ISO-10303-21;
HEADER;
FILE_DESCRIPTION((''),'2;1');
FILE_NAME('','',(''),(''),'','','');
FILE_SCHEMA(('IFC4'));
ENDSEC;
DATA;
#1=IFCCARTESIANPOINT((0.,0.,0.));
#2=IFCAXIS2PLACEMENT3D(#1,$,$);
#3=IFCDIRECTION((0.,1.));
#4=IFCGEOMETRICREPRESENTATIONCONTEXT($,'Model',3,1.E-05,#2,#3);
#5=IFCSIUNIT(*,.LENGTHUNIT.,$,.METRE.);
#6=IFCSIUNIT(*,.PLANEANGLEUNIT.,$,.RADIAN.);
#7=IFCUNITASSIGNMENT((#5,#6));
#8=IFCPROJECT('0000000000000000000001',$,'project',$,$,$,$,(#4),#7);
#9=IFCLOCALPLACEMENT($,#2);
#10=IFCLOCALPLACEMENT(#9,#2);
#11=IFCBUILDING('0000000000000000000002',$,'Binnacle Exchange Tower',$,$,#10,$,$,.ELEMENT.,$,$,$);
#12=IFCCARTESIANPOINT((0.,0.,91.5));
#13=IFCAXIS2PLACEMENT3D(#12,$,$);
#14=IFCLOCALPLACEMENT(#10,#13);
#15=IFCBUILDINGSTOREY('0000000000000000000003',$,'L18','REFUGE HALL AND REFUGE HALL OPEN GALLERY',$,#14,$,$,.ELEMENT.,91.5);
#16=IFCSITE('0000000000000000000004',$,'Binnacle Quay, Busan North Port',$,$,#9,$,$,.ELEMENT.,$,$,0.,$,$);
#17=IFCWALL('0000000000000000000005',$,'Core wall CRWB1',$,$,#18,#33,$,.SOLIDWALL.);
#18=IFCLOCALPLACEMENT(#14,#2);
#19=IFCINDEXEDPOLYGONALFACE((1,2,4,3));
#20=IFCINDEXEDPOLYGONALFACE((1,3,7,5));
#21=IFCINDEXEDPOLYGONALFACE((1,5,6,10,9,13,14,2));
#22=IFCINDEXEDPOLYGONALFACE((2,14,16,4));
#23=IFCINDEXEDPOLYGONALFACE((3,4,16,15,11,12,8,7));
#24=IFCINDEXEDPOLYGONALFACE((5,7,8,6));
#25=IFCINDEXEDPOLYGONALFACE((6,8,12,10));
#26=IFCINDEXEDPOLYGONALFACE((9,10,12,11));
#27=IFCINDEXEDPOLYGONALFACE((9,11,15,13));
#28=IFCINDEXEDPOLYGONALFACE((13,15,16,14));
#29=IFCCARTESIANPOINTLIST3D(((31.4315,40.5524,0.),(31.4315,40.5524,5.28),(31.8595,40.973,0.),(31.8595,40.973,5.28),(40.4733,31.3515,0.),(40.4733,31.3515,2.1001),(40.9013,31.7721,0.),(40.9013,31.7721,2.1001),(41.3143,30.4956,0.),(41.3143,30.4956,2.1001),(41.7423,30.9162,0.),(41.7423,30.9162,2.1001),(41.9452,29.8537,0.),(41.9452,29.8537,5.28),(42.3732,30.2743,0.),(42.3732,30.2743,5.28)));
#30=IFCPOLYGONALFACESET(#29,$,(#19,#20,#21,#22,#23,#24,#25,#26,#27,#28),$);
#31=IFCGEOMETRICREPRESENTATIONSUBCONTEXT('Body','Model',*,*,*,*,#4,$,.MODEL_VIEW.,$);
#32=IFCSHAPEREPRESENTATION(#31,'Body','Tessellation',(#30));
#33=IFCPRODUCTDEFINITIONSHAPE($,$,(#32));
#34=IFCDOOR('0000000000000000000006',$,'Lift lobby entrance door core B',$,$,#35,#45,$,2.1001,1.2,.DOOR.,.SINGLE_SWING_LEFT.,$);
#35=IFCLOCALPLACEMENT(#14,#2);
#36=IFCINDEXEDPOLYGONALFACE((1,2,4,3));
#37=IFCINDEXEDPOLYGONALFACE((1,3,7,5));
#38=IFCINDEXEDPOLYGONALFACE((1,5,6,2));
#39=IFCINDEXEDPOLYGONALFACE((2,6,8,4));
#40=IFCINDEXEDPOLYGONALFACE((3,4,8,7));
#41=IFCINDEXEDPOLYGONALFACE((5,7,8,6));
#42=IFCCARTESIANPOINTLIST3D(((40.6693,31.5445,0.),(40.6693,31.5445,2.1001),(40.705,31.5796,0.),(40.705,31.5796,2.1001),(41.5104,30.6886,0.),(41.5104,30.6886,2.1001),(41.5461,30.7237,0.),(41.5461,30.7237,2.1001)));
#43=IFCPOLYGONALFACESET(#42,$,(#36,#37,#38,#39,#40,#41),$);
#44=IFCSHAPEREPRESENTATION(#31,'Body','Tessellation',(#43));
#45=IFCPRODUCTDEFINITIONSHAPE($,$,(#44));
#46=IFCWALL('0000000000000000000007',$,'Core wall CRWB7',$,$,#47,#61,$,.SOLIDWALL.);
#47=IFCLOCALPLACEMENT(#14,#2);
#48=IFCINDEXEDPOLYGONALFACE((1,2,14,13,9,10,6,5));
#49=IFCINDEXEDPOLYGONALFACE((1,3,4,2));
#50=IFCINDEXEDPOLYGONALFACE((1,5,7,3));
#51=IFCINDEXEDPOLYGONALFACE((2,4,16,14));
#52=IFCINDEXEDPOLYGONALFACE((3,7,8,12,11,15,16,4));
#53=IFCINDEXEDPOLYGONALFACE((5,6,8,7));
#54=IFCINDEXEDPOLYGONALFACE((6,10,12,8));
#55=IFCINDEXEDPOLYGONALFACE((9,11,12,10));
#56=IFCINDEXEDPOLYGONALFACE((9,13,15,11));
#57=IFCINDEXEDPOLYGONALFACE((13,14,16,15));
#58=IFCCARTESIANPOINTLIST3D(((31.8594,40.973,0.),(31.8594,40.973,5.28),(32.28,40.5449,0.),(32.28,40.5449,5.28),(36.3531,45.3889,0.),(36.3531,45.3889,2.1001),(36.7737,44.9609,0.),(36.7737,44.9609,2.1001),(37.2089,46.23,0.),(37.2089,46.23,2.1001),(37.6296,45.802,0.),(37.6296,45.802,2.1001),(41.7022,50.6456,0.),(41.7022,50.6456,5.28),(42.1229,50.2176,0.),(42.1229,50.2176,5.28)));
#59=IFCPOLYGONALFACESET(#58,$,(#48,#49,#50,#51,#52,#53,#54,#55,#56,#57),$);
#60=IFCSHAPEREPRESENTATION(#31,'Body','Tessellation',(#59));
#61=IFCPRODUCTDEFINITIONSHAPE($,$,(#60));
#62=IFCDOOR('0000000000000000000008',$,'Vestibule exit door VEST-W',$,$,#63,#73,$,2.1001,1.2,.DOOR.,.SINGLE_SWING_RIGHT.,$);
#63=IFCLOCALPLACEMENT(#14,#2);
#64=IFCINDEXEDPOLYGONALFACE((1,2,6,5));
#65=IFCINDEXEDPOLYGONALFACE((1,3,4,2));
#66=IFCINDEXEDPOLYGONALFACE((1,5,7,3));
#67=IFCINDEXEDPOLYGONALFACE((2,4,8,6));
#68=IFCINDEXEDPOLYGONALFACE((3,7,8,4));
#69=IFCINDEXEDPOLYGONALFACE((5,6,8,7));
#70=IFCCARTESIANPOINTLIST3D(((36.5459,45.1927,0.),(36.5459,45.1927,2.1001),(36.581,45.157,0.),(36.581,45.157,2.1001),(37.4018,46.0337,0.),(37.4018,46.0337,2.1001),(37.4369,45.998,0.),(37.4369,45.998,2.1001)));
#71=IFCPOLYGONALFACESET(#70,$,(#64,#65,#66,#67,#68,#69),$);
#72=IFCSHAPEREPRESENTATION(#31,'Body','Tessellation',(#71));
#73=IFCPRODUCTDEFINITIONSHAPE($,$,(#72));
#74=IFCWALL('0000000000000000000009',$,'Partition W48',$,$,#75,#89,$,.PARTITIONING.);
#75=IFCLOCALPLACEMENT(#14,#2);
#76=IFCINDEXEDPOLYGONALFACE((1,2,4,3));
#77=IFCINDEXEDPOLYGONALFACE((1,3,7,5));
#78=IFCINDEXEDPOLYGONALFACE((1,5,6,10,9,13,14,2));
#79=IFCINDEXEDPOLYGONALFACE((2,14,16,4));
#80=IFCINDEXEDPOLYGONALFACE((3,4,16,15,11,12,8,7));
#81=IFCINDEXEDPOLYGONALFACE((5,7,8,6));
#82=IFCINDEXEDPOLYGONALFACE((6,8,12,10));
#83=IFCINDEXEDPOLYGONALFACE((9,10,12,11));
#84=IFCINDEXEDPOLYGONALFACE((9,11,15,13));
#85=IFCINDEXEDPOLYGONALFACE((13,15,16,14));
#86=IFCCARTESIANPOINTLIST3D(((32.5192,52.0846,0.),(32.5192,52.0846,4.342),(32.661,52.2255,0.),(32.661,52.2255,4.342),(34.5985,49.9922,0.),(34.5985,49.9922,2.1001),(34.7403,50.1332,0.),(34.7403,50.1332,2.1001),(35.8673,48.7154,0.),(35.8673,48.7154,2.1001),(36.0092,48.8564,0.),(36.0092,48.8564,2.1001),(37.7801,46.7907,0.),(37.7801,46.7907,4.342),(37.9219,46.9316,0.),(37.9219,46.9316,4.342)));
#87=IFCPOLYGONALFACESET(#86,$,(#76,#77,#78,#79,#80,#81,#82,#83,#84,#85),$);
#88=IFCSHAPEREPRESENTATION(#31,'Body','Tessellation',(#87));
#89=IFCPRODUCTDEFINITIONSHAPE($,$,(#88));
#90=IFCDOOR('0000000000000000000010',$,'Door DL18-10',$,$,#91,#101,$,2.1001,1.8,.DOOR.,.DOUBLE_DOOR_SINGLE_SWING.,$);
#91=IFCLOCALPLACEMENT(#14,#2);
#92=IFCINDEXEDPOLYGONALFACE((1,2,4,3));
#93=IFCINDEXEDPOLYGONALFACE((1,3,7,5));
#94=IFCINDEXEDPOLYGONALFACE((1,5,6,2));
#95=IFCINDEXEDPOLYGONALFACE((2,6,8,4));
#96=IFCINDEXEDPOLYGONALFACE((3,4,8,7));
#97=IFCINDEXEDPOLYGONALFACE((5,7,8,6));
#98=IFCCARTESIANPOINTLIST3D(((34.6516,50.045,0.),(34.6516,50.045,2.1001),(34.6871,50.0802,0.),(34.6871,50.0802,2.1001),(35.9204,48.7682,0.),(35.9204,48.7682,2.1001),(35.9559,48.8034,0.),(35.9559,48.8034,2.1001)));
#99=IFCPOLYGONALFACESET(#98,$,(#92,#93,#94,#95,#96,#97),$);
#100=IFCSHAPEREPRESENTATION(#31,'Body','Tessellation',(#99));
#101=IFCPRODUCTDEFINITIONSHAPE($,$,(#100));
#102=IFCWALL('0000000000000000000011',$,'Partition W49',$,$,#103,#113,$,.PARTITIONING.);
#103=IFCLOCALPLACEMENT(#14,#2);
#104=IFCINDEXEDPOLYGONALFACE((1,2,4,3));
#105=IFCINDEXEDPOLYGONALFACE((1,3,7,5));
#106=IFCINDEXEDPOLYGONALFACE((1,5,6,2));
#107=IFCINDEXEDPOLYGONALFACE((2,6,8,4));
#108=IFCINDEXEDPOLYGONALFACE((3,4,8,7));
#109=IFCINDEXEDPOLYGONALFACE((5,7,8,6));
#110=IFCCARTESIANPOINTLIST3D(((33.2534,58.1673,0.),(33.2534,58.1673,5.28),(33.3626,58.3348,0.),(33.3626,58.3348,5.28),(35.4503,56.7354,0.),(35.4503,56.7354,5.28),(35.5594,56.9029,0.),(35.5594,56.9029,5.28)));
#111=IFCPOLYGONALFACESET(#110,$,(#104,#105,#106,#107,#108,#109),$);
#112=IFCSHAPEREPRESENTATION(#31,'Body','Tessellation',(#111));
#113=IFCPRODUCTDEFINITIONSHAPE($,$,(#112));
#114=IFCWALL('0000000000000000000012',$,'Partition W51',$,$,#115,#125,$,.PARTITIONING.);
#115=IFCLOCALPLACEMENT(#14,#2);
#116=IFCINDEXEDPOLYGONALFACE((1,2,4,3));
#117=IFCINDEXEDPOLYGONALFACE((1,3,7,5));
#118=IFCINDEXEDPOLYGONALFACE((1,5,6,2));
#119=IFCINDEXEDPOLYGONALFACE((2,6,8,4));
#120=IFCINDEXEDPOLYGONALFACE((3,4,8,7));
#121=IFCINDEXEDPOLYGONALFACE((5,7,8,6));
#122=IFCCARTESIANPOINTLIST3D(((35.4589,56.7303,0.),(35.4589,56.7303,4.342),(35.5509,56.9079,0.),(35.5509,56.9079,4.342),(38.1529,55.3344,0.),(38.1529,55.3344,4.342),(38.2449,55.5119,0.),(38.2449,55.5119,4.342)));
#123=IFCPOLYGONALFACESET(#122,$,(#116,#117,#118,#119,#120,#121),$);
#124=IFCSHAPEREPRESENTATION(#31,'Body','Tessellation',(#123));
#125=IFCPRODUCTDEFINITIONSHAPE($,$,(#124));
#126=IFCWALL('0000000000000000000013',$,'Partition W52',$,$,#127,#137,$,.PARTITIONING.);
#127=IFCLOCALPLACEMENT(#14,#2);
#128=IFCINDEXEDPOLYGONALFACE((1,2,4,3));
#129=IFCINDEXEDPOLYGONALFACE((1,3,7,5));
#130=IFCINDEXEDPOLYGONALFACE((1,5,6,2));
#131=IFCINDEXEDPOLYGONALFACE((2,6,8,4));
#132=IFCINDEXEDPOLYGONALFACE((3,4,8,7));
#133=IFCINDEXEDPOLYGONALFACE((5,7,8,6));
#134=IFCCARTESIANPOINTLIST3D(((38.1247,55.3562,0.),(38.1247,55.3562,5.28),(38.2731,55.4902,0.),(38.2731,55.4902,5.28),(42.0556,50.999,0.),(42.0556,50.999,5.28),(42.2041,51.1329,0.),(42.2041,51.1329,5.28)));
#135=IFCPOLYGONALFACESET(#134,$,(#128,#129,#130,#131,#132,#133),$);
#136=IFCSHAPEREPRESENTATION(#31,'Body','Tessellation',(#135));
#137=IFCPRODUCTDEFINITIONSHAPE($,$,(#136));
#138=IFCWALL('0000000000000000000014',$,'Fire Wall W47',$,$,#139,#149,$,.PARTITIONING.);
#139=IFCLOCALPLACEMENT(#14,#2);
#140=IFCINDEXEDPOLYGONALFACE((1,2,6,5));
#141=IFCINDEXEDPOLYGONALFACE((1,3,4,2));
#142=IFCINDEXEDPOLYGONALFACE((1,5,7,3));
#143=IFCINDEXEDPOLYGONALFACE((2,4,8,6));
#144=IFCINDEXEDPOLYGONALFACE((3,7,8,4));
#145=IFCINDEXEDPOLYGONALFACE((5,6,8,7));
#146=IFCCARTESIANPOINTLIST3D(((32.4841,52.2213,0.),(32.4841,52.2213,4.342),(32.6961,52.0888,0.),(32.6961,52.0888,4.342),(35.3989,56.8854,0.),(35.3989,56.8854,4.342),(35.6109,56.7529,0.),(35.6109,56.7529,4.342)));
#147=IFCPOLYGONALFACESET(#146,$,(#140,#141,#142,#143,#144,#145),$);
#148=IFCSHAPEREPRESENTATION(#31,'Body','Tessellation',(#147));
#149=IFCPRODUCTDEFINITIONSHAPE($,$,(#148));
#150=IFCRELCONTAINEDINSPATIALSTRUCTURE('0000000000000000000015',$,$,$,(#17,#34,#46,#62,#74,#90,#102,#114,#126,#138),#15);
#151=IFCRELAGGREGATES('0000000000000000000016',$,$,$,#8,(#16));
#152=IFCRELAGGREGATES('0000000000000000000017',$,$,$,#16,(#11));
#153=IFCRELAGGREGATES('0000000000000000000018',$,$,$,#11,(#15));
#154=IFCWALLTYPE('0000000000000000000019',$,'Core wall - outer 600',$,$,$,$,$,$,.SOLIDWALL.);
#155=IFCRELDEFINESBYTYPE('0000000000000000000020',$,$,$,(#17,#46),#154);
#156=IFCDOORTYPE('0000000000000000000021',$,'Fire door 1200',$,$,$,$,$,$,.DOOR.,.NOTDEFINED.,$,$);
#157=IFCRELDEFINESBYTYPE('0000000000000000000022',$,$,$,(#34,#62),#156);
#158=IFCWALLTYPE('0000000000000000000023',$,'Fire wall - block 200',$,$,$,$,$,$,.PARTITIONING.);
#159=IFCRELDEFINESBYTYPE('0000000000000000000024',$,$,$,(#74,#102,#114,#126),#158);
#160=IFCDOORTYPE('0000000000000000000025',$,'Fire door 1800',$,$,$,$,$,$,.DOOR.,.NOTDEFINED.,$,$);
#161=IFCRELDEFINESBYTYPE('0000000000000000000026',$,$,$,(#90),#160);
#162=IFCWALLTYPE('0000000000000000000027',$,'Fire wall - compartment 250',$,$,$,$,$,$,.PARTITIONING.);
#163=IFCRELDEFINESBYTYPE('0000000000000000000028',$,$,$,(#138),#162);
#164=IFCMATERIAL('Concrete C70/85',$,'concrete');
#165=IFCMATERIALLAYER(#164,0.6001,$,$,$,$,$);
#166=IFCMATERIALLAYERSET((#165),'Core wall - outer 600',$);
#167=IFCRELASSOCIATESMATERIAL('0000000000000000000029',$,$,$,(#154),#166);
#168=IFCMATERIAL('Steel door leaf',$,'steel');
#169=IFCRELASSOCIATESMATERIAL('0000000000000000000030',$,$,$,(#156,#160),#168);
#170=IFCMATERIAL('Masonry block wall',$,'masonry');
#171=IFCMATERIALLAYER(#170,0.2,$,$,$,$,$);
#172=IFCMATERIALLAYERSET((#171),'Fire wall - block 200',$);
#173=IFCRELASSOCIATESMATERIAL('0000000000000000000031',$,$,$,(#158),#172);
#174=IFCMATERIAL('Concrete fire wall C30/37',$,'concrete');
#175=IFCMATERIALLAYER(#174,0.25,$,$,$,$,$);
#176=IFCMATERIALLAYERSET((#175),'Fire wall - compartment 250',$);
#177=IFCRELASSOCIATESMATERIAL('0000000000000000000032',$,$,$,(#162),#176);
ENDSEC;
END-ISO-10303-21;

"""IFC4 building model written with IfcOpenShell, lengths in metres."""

from ifc_helpers import new_model, si_unit, direction, frame, frame_2d, origin, place, context, subcontext, project, spatial, rectangle, extrude, material, layer, layer_set, type_object, element, fill, save


model = new_model("IFC4")

# Units and contexts
model_context = context("Model", 3, precision=1e-05, world=origin(), true_north=direction((0.0, 1.0)))
body_context = subcontext(model_context, "Body", "Model", "MODEL_VIEW")
ifc_project = project(units=[si_unit("LENGTHUNIT", "METRE"), si_unit("PLANEANGLEUNIT", "RADIAN")], contexts=[model_context])

# Site, building, storey
site_placement = place(None, origin())
site = spatial("IfcSite", under=ifc_project, at=site_placement, Name="Binnacle Quay, Busan North Port", CompositionType="ELEMENT", RefElevation=0.0)
building_placement = place(site_placement, origin())
building = spatial("IfcBuilding", under=site, at=building_placement, Name="Binnacle Exchange Tower", CompositionType="ELEMENT")
storey_placement = place(building_placement, frame((0.0, 0.0, 91.5)))
storey = spatial("IfcBuildingStorey", under=building, at=storey_placement, Name="L18", Description="REFUGE HALL AND REFUGE HALL OPEN GALLERY", CompositionType="ELEMENT", Elevation=91.5)

# Shared definitions
ifc_material_1 = material(Name="Concrete C70/85", Category="concrete")

# Shared definitions
ifc_material_2 = material(Name="Steel door leaf", Category="steel")

# Walls, openings, doors
ifc_layer_1 = layer(ifc_material_1, 0.6001)
ifc_layer_set_1 = layer_set([ifc_layer_1], Name="Core wall - outer 600")
wall_type_1 = type_object("IfcWallType", Name="Core wall - outer 600", PredefinedType="SOLIDWALL", material=ifc_layer_set_1)
wall_1_placement = place(storey_placement, frame((31.6455, 40.7627, 0.0), z_axis=(0.0, 0.0, 1.0), x_axis=(0.700911, -0.713248, 0.0)))
wall_1 = element("IfcWall", 1, at=wall_1_placement, inside=storey, type_object=wall_type_1, Name="Core wall CRWB1", PredefinedType="SOLIDWALL", context=body_context, shape_type="SweptSolid", body=[
    extrude(rectangle(XDim=15.0, YDim=0.6001, at=frame_2d((7.5, 0.0))), origin(), (0.0, 0.0, 1.0), 5.28),
])
opening_1_placement = place(wall_1_placement, frame((12.8999, 0.0, 0.0)))
opening_1 = element("IfcOpeningElement", 2, at=opening_1_placement, cuts=wall_1, PredefinedType="OPENING", context=body_context, shape_type="SweptSolid", body=[
    extrude(rectangle(XDim=1.2, YDim=2.1001, at=frame_2d((0.6001, 1.05))), frame((0.0, 0.3101, 0.0), z_axis=(0.0, -1.0, 0.0), x_axis=(1.0, 0.0, 0.0)), (0.0, 0.0, 1.0), 0.6201),
])
door_type_1 = type_object("IfcDoorType", Name="Fire door 1200", OperationType="NOTDEFINED", PredefinedType="DOOR", material=ifc_material_2)
door_1_placement = place(opening_1_placement, frame((1.2, 0.0, 0.0), z_axis=(0.0, 0.0, 1.0), x_axis=(-1.0, 0.0, 0.0)))
door_1 = element("IfcDoor", 3, at=door_1_placement, inside=storey, type_object=door_type_1, Name="Lift lobby entrance door core B", OperationType="SINGLE_SWING_LEFT", OverallHeight=2.1001, OverallWidth=1.2, PredefinedType="DOOR", context=body_context, shape_type="SweptSolid", body=[
    extrude(rectangle(XDim=1.2, YDim=2.1001, at=frame_2d((0.6001, 1.05))), frame((0.0, 0.0249, 0.0), z_axis=(0.0, -1.0, 0.0), x_axis=(1.0, 0.0, 0.0)), (0.0, 0.0, 1.0), 0.05),
])
fill(opening_1, door_1)
wall_2_placement = place(storey_placement, frame((32.0698, 40.759, 0.0), z_axis=(0.0, 0.0, 1.0), x_axis=(0.713245, 0.700914, 0.0)))
wall_2 = element("IfcWall", 4, at=wall_2_placement, inside=storey, type_object=wall_type_1, Name="Core wall CRWB7", PredefinedType="SOLIDWALL", context=body_context, shape_type="SweptSolid", body=[
    extrude(rectangle(XDim=13.8, YDim=0.6001, at=frame_2d((6.8999, 0.0))), origin(), (0.0, 0.0, 1.0), 5.28),
])
opening_2_placement = place(wall_2_placement, frame((6.3, 0.0, 0.0)))
opening_2 = element("IfcOpeningElement", 5, at=opening_2_placement, cuts=wall_2, PredefinedType="OPENING", context=body_context, shape_type="SweptSolid", body=[
    extrude(rectangle(XDim=1.2, YDim=2.1001, at=frame_2d((0.6001, 1.05))), frame((0.0, 0.3101, 0.0), z_axis=(0.0, -1.0, 0.0), x_axis=(1.0, 0.0, 0.0)), (0.0, 0.0, 1.0), 0.6201),
])
door_2_placement = place(opening_2_placement, origin())
door_2 = element("IfcDoor", 6, at=door_2_placement, inside=storey, type_object=door_type_1, Name="Vestibule exit door VEST-W", OperationType="SINGLE_SWING_RIGHT", OverallHeight=2.1001, OverallWidth=1.2, PredefinedType="DOOR", context=body_context, shape_type="SweptSolid", body=[
    extrude(rectangle(XDim=1.2, YDim=2.1001, at=frame_2d((0.6001, 1.05))), frame((0.0, 0.0249, 0.0), z_axis=(0.0, -1.0, 0.0), x_axis=(1.0, 0.0, 0.0)), (0.0, 0.0, 1.0), 0.05),
])
fill(opening_2, door_2)
ifc_material_3 = material(Name="Masonry block wall", Category="masonry")
ifc_layer_2 = layer(ifc_material_3, 0.2)
ifc_layer_set_2 = layer_set([ifc_layer_2], Name="Fire wall - block 200")
wall_type_2 = type_object("IfcWallType", Name="Fire wall - block 200", PredefinedType="PARTITIONING", material=ifc_layer_set_2)
wall_3_placement = place(storey_placement, frame((32.5901, 52.155, 0.0), z_axis=(0.0, 0.0, 1.0), x_axis=(0.704895, -0.709311, 0.0)))
wall_3 = element("IfcWall", 7, at=wall_3_placement, inside=storey, type_object=wall_type_2, Name="Partition W48", PredefinedType="PARTITIONING", context=body_context, shape_type="SweptSolid", body=[
    extrude(rectangle(XDim=7.4634, YDim=0.2, at=frame_2d((3.7317, 0.0))), origin(), (0.0, 0.0, 1.0), 4.342),
])
opening_3_placement = place(wall_3_placement, frame((2.95, 0.0, 0.0)))
opening_3 = element("IfcOpeningElement", 8, at=opening_3_placement, cuts=wall_3, PredefinedType="OPENING", context=body_context, shape_type="SweptSolid", body=[
    extrude(rectangle(XDim=1.8, YDim=2.1001, at=frame_2d((0.8999, 1.05))), frame((0.0, 0.1099, 0.0), z_axis=(0.0, -1.0, 0.0), x_axis=(1.0, 0.0, 0.0)), (0.0, 0.0, 1.0), 0.22),
])
door_type_2 = type_object("IfcDoorType", Name="Fire door 1800", OperationType="NOTDEFINED", PredefinedType="DOOR", material=ifc_material_2)
door_3_placement = place(opening_3_placement, origin())
door_3 = element("IfcDoor", 9, at=door_3_placement, inside=storey, type_object=door_type_2, Name="Door DL18-10", OperationType="DOUBLE_DOOR_SINGLE_SWING", OverallHeight=2.1001, OverallWidth=1.8, PredefinedType="DOOR", context=body_context, shape_type="SweptSolid", body=[
    extrude(rectangle(XDim=1.8, YDim=2.1001, at=frame_2d((0.8999, 1.05))), frame((0.0, 0.0249, 0.0), z_axis=(0.0, -1.0, 0.0), x_axis=(1.0, 0.0, 0.0)), (0.0, 0.0, 1.0), 0.05),
])
fill(opening_3, door_3)

# Walls
wall_4_placement = place(storey_placement, frame((33.3081, 58.251, 0.0), z_axis=(0.0, 0.0, 1.0), x_axis=(0.837749, -0.546055, 0.0)))
element("IfcWall", 10, at=wall_4_placement, inside=storey, type_object=wall_type_2, Name="Partition W49", PredefinedType="PARTITIONING", context=body_context, shape_type="SweptSolid", body=[
    extrude(rectangle(XDim=2.6223, YDim=0.2, at=frame_2d((1.311, 0.0))), origin(), (0.0, 0.0, 1.0), 5.28),
])
wall_5_placement = place(storey_placement, frame((35.5049, 56.8191, 0.0), z_axis=(0.0, 0.0, 1.0), x_axis=(0.887881, -0.460073, 0.0)))
element("IfcWall", 11, at=wall_5_placement, inside=storey, type_object=wall_type_2, Name="Partition W51", PredefinedType="PARTITIONING", context=body_context, shape_type="SweptSolid", body=[
    extrude(rectangle(XDim=3.0342, YDim=0.2, at=frame_2d((1.5171, 0.0))), origin(), (0.0, 0.0, 1.0), 4.342),
])
wall_6_placement = place(storey_placement, frame((38.199, 55.4231, 0.0), z_axis=(0.0, 0.0, 1.0), x_axis=(0.669854, -0.742493, 0.0)))
element("IfcWall", 12, at=wall_6_placement, inside=storey, type_object=wall_type_2, Name="Partition W52", PredefinedType="PARTITIONING", context=body_context, shape_type="SweptSolid", body=[
    extrude(rectangle(XDim=5.8684, YDim=0.2, at=frame_2d((2.9341, 0.0))), origin(), (0.0, 0.0, 1.0), 5.28),
])
ifc_material_4 = material(Name="Concrete fire wall C30/37", Category="concrete")
ifc_layer_3 = layer(ifc_material_4, 0.25)
ifc_layer_set_3 = layer_set([ifc_layer_3], Name="Fire wall - compartment 250")
wall_type_3 = type_object("IfcWallType", Name="Fire wall - compartment 250", PredefinedType="PARTITIONING", material=ifc_layer_set_3)
wall_7_placement = place(storey_placement, frame((32.5901, 52.155, 0.0), z_axis=(0.0, 0.0, 1.0), x_axis=(0.529967, 0.848018, 0.0)))
element("IfcWall", 13, at=wall_7_placement, inside=storey, type_object=wall_type_3, Name="Fire Wall W47", PredefinedType="PARTITIONING", context=body_context, shape_type="SweptSolid", body=[
    extrude(rectangle(XDim=5.5, YDim=0.25, at=frame_2d((2.75, 0.0))), origin(), (0.0, 0.0, 1.0), 4.342),
])

save(model, "model.ifc")
